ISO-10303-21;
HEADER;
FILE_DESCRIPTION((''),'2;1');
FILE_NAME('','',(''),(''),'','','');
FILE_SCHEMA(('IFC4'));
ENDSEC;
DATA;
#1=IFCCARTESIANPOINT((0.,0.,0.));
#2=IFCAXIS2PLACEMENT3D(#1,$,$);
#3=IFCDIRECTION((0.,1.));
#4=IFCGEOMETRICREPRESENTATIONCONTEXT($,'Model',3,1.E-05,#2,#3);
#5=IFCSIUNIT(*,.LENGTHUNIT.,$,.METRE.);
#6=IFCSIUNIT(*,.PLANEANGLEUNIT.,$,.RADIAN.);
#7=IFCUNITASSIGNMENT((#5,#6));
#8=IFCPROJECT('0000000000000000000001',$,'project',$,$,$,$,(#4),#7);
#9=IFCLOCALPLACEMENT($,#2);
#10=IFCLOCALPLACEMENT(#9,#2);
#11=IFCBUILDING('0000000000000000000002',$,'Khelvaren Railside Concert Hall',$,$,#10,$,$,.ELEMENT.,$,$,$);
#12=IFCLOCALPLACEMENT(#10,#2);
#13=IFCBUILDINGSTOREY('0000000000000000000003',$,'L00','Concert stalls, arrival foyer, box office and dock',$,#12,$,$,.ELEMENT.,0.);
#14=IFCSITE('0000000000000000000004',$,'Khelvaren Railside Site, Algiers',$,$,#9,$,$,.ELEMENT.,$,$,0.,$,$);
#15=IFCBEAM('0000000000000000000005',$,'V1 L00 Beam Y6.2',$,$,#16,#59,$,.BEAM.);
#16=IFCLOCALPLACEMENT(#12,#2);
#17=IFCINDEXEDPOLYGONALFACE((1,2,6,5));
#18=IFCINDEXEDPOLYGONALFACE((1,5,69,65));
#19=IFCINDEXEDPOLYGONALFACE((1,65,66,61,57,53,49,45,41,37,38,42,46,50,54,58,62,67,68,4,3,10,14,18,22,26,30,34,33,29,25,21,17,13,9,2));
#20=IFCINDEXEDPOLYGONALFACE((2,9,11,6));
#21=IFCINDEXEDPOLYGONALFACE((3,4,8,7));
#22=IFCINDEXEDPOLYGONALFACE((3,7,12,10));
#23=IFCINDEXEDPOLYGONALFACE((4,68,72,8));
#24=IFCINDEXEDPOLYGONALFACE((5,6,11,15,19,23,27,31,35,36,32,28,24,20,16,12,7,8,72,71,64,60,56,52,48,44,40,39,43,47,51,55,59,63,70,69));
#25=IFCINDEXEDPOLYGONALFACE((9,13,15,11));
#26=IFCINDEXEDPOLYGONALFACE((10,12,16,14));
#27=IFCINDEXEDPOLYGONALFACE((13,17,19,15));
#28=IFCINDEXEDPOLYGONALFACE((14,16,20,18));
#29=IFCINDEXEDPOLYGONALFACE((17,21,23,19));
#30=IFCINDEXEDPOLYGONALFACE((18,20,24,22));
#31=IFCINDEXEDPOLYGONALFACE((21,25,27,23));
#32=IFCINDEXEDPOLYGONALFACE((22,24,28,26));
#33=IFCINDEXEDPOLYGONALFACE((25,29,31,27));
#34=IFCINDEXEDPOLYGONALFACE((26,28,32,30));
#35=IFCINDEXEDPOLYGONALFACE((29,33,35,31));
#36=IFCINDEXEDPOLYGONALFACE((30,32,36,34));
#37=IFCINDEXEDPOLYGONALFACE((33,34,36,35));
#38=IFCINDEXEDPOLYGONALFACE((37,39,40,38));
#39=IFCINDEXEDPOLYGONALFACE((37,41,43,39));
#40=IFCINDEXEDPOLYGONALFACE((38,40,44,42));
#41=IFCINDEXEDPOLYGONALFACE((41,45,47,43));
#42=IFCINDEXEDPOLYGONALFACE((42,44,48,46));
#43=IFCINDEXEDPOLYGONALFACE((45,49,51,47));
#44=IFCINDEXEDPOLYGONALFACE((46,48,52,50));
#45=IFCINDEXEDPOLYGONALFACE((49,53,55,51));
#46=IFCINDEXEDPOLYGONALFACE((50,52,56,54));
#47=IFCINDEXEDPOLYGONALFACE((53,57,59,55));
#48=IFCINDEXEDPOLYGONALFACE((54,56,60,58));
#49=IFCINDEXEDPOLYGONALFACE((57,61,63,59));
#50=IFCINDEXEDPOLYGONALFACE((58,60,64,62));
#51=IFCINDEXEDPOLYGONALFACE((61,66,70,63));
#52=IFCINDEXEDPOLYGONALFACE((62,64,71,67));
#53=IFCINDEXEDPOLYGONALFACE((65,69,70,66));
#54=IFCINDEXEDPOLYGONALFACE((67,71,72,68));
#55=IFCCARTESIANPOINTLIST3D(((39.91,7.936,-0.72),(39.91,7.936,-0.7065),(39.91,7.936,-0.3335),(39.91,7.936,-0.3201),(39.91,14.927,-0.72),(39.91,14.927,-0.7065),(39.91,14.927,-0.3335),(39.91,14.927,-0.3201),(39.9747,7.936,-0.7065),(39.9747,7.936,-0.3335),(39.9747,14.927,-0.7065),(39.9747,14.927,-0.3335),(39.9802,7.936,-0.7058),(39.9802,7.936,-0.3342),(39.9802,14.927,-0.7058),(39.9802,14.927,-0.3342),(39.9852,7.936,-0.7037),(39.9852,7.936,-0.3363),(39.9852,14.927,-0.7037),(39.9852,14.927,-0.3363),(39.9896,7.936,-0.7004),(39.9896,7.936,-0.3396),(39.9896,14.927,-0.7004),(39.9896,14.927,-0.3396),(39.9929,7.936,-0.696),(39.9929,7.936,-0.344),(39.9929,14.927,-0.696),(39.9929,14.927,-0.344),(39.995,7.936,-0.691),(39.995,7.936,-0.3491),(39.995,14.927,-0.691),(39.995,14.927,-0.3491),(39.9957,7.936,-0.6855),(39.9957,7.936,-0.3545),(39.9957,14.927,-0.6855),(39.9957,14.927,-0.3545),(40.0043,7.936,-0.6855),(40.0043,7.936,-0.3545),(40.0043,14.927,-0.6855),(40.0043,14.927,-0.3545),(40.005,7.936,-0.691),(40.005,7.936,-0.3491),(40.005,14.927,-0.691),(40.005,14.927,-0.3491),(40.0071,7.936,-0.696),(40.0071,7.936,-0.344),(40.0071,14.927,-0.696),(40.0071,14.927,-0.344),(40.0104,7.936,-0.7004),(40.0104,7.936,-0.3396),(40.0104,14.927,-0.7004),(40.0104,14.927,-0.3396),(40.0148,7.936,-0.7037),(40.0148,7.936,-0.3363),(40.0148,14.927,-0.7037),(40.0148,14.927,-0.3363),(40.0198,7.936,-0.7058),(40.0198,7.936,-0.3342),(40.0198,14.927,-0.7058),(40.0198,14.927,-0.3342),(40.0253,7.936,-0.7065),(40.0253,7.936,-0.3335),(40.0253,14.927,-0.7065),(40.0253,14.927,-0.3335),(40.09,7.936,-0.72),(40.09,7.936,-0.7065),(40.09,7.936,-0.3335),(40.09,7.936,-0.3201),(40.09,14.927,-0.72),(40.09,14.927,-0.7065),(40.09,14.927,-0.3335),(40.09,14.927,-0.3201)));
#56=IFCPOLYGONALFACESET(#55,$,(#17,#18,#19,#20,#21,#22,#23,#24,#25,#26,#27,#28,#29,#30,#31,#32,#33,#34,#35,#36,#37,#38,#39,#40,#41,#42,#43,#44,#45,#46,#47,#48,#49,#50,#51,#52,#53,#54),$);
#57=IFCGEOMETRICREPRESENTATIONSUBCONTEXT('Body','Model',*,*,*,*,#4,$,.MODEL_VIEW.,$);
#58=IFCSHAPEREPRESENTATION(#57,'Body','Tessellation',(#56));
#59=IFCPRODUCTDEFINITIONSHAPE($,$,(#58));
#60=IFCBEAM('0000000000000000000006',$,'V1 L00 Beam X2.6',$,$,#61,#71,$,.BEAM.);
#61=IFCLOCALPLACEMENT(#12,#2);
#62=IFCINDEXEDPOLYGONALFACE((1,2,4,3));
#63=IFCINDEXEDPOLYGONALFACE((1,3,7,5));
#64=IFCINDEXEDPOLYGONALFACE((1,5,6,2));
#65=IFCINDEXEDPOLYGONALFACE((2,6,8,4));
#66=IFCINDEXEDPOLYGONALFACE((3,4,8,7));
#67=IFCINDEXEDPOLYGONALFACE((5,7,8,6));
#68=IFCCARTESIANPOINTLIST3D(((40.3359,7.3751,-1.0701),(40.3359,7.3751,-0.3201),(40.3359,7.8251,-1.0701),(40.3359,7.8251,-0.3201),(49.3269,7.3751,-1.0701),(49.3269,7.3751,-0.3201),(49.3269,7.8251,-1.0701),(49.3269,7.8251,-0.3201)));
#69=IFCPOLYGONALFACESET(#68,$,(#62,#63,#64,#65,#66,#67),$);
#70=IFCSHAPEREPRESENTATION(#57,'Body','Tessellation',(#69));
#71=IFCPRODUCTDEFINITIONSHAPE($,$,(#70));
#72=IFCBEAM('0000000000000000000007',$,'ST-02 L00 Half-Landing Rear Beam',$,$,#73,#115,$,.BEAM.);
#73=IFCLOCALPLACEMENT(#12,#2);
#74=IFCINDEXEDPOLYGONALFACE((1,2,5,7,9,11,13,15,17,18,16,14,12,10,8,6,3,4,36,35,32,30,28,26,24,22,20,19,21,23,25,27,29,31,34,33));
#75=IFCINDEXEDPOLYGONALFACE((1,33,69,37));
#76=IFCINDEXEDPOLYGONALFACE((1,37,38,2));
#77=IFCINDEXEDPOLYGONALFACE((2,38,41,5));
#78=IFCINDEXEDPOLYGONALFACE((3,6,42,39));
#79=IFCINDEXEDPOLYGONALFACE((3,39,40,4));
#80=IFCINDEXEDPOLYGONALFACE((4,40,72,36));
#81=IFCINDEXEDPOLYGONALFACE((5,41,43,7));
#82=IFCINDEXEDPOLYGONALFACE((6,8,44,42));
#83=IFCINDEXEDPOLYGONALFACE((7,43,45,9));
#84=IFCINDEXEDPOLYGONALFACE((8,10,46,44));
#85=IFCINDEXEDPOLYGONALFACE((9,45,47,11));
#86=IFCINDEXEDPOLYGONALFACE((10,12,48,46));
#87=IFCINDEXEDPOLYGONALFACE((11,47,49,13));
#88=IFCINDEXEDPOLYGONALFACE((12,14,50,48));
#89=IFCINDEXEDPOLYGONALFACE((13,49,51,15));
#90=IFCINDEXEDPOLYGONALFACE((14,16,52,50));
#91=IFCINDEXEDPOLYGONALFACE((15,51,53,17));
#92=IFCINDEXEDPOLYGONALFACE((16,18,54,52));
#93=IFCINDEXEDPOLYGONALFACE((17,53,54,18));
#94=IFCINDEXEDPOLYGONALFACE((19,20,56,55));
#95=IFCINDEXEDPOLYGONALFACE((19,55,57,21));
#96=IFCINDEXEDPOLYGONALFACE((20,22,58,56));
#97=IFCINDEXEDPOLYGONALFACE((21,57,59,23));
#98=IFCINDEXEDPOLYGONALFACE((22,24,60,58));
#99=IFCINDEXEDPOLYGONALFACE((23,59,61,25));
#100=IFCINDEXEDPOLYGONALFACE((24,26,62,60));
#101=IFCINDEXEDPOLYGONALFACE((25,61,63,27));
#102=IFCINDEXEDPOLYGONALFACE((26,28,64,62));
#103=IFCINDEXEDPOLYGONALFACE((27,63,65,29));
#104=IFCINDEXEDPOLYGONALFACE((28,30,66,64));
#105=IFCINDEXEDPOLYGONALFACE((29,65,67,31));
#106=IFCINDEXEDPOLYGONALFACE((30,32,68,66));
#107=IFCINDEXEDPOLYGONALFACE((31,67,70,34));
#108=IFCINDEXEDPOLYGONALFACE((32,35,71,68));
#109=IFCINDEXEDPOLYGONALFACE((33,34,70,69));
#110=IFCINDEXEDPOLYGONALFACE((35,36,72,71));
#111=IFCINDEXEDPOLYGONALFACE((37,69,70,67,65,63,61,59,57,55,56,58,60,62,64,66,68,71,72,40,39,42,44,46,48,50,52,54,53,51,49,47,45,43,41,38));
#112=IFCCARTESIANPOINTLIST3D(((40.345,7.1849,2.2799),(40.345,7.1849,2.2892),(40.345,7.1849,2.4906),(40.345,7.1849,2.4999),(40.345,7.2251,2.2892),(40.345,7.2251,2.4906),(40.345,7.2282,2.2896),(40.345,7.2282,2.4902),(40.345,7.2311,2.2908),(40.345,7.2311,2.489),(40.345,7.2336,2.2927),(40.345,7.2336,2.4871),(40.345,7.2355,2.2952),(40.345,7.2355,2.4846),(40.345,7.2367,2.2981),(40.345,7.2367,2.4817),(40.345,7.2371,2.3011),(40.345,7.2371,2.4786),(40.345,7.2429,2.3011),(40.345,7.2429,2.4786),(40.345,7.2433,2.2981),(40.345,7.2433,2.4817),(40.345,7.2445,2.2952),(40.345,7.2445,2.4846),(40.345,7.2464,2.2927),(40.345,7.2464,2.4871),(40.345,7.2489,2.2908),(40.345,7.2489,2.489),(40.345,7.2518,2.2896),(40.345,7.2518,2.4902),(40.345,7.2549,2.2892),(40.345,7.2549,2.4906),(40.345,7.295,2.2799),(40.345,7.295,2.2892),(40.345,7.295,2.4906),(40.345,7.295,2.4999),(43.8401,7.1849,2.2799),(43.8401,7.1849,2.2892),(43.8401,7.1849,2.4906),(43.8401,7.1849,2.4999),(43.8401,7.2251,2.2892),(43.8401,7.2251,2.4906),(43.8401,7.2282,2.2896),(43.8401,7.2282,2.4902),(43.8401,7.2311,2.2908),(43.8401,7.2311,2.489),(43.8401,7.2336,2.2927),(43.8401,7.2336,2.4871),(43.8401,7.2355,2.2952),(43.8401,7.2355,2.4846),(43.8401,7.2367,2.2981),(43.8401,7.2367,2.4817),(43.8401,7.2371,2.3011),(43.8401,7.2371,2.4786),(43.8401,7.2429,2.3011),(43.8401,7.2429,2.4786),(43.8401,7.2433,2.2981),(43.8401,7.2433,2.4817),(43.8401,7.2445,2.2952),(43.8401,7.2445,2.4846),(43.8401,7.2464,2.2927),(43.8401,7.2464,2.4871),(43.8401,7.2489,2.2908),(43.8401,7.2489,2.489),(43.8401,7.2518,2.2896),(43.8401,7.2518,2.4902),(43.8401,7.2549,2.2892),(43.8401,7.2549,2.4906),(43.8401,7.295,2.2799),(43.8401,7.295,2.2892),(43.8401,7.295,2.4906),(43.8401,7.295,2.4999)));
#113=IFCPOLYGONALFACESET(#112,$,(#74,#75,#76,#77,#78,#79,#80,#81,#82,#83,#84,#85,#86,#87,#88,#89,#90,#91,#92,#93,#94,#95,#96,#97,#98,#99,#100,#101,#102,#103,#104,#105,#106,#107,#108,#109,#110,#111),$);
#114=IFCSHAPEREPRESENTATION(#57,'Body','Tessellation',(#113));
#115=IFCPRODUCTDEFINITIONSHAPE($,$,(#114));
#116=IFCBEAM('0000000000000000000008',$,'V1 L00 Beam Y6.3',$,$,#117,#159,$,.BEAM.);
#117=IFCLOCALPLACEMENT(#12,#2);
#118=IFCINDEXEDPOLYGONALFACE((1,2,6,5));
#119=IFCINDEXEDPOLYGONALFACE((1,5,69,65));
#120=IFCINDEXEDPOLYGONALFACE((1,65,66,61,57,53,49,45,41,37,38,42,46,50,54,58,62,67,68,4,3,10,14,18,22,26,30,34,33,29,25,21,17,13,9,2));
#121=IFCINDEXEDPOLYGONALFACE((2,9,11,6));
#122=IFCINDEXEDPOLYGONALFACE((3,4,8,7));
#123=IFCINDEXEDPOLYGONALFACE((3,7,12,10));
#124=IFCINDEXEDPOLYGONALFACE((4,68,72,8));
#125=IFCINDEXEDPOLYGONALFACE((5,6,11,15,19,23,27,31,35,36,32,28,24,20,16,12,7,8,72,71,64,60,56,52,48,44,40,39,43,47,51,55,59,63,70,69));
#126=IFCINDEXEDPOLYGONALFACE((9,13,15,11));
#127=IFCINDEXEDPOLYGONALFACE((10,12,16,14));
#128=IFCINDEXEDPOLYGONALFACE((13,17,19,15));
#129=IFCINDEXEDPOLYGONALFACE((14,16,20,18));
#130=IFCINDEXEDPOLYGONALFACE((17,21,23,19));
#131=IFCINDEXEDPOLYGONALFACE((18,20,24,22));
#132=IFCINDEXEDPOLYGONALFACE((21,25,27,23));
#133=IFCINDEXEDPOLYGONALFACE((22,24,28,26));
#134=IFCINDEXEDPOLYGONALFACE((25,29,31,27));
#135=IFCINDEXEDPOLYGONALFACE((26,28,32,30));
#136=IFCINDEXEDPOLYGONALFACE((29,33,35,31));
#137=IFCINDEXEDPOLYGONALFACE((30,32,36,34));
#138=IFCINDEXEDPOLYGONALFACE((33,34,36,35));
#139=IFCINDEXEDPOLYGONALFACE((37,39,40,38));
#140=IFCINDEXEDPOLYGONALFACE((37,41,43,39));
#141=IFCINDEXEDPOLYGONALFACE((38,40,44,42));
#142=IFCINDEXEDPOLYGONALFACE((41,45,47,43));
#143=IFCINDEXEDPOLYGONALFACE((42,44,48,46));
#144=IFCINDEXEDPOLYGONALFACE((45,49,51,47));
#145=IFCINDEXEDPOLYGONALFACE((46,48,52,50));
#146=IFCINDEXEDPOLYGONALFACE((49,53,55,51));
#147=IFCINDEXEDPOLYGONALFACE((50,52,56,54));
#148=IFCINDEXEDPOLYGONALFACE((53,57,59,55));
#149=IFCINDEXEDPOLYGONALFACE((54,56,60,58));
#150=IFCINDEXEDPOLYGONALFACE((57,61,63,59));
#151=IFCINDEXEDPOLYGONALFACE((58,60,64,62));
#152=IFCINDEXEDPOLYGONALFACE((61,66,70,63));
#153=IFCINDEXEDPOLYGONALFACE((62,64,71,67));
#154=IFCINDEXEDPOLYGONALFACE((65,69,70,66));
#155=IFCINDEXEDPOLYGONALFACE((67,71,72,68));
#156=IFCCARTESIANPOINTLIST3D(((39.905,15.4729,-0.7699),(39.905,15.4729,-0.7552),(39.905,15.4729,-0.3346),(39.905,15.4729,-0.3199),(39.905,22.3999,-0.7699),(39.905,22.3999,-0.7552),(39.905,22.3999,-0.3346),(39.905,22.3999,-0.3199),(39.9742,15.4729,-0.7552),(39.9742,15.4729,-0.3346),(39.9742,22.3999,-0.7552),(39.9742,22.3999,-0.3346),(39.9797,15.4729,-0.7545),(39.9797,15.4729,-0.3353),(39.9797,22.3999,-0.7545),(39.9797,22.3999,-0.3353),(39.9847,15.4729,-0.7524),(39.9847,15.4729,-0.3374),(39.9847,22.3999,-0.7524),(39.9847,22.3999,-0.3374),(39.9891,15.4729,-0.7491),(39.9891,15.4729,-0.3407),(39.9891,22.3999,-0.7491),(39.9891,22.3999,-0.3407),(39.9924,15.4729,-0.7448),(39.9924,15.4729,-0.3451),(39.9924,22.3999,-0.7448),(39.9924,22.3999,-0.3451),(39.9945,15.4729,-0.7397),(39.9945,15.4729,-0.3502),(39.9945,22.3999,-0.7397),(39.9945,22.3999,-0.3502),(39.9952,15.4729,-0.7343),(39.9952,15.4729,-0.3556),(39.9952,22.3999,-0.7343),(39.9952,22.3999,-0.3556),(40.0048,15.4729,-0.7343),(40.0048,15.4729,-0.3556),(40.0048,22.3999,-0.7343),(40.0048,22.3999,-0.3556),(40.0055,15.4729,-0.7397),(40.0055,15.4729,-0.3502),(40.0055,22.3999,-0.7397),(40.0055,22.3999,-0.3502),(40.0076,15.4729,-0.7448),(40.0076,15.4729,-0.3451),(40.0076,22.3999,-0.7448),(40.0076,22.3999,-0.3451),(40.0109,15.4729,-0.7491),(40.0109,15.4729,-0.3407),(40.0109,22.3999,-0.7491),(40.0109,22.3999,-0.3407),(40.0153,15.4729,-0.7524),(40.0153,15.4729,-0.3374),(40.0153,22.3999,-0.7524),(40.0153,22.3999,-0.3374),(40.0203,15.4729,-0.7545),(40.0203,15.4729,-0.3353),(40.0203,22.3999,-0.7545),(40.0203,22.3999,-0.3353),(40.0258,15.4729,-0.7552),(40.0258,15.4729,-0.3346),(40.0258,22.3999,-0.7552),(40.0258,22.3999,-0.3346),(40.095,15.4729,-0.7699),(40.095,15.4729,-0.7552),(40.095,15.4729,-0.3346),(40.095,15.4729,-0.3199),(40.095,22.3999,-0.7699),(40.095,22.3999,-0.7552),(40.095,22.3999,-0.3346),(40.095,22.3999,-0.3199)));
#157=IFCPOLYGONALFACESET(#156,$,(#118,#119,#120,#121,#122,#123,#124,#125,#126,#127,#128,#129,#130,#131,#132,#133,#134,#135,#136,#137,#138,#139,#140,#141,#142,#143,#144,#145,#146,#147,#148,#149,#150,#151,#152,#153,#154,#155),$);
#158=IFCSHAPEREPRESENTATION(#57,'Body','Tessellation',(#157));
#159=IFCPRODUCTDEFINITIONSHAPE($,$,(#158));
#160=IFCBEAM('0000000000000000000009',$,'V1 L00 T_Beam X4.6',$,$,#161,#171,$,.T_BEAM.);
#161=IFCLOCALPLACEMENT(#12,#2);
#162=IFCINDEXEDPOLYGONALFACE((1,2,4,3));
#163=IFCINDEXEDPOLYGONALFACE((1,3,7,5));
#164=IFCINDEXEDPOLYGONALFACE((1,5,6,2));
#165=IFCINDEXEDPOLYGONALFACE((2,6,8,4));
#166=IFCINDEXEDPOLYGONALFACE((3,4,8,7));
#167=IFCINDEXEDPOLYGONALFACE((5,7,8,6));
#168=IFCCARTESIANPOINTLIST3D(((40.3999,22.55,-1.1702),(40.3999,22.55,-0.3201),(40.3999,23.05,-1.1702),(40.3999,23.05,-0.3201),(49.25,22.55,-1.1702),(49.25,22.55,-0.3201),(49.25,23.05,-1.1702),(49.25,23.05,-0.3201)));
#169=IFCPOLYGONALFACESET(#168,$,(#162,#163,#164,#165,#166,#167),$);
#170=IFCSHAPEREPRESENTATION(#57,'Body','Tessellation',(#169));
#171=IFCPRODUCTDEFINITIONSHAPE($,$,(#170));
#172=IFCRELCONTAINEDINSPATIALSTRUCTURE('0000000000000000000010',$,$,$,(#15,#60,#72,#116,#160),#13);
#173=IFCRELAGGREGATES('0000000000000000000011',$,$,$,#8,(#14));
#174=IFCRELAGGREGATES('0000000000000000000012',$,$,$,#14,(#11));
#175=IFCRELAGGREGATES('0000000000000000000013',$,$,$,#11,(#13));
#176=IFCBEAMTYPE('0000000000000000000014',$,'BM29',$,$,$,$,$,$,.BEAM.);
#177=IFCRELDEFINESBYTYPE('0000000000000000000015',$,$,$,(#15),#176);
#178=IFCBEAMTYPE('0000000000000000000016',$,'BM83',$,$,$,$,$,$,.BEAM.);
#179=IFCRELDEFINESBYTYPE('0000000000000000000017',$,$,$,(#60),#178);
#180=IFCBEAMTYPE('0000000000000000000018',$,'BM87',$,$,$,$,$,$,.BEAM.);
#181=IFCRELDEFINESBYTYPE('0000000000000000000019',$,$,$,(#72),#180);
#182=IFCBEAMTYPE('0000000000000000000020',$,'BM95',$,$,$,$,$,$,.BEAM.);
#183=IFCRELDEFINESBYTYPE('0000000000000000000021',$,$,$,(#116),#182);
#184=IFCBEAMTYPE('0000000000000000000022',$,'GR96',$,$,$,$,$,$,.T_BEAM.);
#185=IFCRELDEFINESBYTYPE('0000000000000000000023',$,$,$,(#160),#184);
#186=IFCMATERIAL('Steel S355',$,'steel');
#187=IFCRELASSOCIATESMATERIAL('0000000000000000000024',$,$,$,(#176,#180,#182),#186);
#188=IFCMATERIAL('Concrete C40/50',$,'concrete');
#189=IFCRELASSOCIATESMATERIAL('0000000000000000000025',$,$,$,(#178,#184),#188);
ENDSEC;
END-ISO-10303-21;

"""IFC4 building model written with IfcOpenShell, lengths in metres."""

from ifc_helpers import new_model, si_unit, direction, frame, origin, origin_2d, place, context, subcontext, project, spatial, rectangle, i_section, extrude, material, material_profile, profile_set, type_object, element, save


model = new_model("IFC4")

# Units and contexts
model_context = context("Model", 3, precision=1e-05, world=origin(), true_north=direction((0.0, 1.0)))
body_context = subcontext(model_context, "Body", "Model", "MODEL_VIEW")
ifc_project = project(units=[si_unit("LENGTHUNIT", "METRE"), si_unit("PLANEANGLEUNIT", "RADIAN")], contexts=[model_context])

# Site, building, storey
site_placement = place(None, origin())
site = spatial("IfcSite", under=ifc_project, at=site_placement, Name="Khelvaren Railside Site, Algiers", CompositionType="ELEMENT", RefElevation=0.0)
building_placement = place(site_placement, origin())
building = spatial("IfcBuilding", under=site, at=building_placement, Name="Khelvaren Railside Concert Hall", CompositionType="ELEMENT")
storey_placement = place(building_placement, origin())
storey = spatial("IfcBuildingStorey", under=building, at=storey_placement, Name="L00", Description="Concert stalls, arrival foyer, box office and dock", CompositionType="ELEMENT", Elevation=0.0)

# Shared definitions
ifc_material_1 = material(Name="Steel S355", Category="steel")

# Beams
ifc_material_profile_1 = material_profile(ifc_material_1, i_section(OverallWidth=0.1799, OverallDepth=0.3999, WebThickness=0.0085, FlangeThickness=0.0134, FilletRadius=0.021, at=origin_2d()), Name="IPE 400")
ifc_profile_set_1 = profile_set([ifc_material_profile_1], Name="Steel S355")
beam_type_1 = type_object("IfcBeamType", Name="BM29", PredefinedType="BEAM", material=ifc_profile_set_1)
beam_1_placement = place(storey_placement, frame((40.0, 7.936, -0.52), z_axis=(0.0, 1.0, 0.0), x_axis=(-1.0, 0.0, 0.0)))
element("IfcBeam", 1, at=beam_1_placement, inside=storey, type_object=beam_type_1, Name="V1 L00 Beam Y6.2", PredefinedType="BEAM", context=body_context, shape_type="SweptSolid", body=[
    extrude(i_section(OverallWidth=0.1799, OverallDepth=0.3999, WebThickness=0.0085, FlangeThickness=0.0134, FilletRadius=0.021, at=origin_2d()), origin(), (0.0, 0.0, 1.0), 6.991),
])
ifc_material_2 = material(Name="Concrete C40/50", Category="concrete")
ifc_material_profile_2 = material_profile(ifc_material_2, rectangle(XDim=0.45, YDim=0.75, at=origin_2d()), Name="RCB 450x750")
ifc_profile_set_2 = profile_set([ifc_material_profile_2], Name="Concrete C40/50")
beam_type_2 = type_object("IfcBeamType", Name="BM83", PredefinedType="BEAM", material=ifc_profile_set_2)
beam_2_placement = place(storey_placement, frame((40.3359, 7.6001, -0.6951), z_axis=(1.0, 0.0, 0.0), x_axis=(0.0, 1.0, 0.0)))
element("IfcBeam", 2, at=beam_2_placement, inside=storey, type_object=beam_type_2, Name="V1 L00 Beam X2.6", PredefinedType="BEAM", context=body_context, shape_type="SweptSolid", body=[
    extrude(rectangle(XDim=0.45, YDim=0.75, at=origin_2d()), origin(), (0.0, 0.0, 1.0), 8.991),
])
ifc_material_profile_3 = material_profile(ifc_material_1, i_section(OverallWidth=0.1101, OverallDepth=0.22, WebThickness=0.0059, FlangeThickness=0.0093, FilletRadius=0.012, at=origin_2d()), Name="IPE 220")
ifc_profile_set_3 = profile_set([ifc_material_profile_3], Name="Steel S355")
beam_type_3 = type_object("IfcBeamType", Name="BM87", PredefinedType="BEAM", material=ifc_profile_set_3)
beam_3_placement = place(storey_placement, frame((40.345, 7.24, 2.3899), z_axis=(1.0, 0.0, 0.0), x_axis=(0.0, 1.0, 0.0)))
element("IfcBeam", 3, at=beam_3_placement, inside=storey, type_object=beam_type_3, Name="ST-02 L00 Half-Landing Rear Beam", PredefinedType="BEAM", context=body_context, shape_type="SweptSolid", body=[
    extrude(i_section(OverallWidth=0.1101, OverallDepth=0.22, WebThickness=0.0059, FlangeThickness=0.0093, FilletRadius=0.012, at=origin_2d()), origin(), (0.0, 0.0, 1.0), 3.4951),
])
ifc_material_profile_4 = material_profile(ifc_material_1, i_section(OverallWidth=0.1899, OverallDepth=0.45, WebThickness=0.0095, FlangeThickness=0.0146, FilletRadius=0.021, at=origin_2d()), Name="IPE 450")
ifc_profile_set_4 = profile_set([ifc_material_profile_4], Name="Steel S355")
beam_type_4 = type_object("IfcBeamType", Name="BM95", PredefinedType="BEAM", material=ifc_profile_set_4)
beam_4_placement = place(storey_placement, frame((40.0, 15.4729, -0.5449), z_axis=(0.0, 1.0, 0.0), x_axis=(-1.0, 0.0, 0.0)))
element("IfcBeam", 4, at=beam_4_placement, inside=storey, type_object=beam_type_4, Name="V1 L00 Beam Y6.3", PredefinedType="BEAM", context=body_context, shape_type="SweptSolid", body=[
    extrude(i_section(OverallWidth=0.1899, OverallDepth=0.45, WebThickness=0.0095, FlangeThickness=0.0146, FilletRadius=0.021, at=origin_2d()), origin(), (0.0, 0.0, 1.0), 6.927),
])
ifc_material_profile_5 = material_profile(ifc_material_2, rectangle(XDim=0.5, YDim=0.8501, at=origin_2d()), Name="RCB 500x850")
ifc_profile_set_5 = profile_set([ifc_material_profile_5], Name="Concrete C40/50")
beam_type_5 = type_object("IfcBeamType", Name="GR96", PredefinedType="T_BEAM", material=ifc_profile_set_5)
beam_5_placement = place(storey_placement, frame((40.3999, 22.8, -0.7451), z_axis=(1.0, 0.0, 0.0), x_axis=(0.0, 1.0, 0.0)))
element("IfcBeam", 5, at=beam_5_placement, inside=storey, type_object=beam_type_5, Name="V1 L00 T_Beam X4.6", PredefinedType="T_BEAM", context=body_context, shape_type="SweptSolid", body=[
    extrude(rectangle(XDim=0.5, YDim=0.8501, at=origin_2d()), origin(), (0.0, 0.0, 1.0), 8.8501),
])

save(model, "model.ifc")
